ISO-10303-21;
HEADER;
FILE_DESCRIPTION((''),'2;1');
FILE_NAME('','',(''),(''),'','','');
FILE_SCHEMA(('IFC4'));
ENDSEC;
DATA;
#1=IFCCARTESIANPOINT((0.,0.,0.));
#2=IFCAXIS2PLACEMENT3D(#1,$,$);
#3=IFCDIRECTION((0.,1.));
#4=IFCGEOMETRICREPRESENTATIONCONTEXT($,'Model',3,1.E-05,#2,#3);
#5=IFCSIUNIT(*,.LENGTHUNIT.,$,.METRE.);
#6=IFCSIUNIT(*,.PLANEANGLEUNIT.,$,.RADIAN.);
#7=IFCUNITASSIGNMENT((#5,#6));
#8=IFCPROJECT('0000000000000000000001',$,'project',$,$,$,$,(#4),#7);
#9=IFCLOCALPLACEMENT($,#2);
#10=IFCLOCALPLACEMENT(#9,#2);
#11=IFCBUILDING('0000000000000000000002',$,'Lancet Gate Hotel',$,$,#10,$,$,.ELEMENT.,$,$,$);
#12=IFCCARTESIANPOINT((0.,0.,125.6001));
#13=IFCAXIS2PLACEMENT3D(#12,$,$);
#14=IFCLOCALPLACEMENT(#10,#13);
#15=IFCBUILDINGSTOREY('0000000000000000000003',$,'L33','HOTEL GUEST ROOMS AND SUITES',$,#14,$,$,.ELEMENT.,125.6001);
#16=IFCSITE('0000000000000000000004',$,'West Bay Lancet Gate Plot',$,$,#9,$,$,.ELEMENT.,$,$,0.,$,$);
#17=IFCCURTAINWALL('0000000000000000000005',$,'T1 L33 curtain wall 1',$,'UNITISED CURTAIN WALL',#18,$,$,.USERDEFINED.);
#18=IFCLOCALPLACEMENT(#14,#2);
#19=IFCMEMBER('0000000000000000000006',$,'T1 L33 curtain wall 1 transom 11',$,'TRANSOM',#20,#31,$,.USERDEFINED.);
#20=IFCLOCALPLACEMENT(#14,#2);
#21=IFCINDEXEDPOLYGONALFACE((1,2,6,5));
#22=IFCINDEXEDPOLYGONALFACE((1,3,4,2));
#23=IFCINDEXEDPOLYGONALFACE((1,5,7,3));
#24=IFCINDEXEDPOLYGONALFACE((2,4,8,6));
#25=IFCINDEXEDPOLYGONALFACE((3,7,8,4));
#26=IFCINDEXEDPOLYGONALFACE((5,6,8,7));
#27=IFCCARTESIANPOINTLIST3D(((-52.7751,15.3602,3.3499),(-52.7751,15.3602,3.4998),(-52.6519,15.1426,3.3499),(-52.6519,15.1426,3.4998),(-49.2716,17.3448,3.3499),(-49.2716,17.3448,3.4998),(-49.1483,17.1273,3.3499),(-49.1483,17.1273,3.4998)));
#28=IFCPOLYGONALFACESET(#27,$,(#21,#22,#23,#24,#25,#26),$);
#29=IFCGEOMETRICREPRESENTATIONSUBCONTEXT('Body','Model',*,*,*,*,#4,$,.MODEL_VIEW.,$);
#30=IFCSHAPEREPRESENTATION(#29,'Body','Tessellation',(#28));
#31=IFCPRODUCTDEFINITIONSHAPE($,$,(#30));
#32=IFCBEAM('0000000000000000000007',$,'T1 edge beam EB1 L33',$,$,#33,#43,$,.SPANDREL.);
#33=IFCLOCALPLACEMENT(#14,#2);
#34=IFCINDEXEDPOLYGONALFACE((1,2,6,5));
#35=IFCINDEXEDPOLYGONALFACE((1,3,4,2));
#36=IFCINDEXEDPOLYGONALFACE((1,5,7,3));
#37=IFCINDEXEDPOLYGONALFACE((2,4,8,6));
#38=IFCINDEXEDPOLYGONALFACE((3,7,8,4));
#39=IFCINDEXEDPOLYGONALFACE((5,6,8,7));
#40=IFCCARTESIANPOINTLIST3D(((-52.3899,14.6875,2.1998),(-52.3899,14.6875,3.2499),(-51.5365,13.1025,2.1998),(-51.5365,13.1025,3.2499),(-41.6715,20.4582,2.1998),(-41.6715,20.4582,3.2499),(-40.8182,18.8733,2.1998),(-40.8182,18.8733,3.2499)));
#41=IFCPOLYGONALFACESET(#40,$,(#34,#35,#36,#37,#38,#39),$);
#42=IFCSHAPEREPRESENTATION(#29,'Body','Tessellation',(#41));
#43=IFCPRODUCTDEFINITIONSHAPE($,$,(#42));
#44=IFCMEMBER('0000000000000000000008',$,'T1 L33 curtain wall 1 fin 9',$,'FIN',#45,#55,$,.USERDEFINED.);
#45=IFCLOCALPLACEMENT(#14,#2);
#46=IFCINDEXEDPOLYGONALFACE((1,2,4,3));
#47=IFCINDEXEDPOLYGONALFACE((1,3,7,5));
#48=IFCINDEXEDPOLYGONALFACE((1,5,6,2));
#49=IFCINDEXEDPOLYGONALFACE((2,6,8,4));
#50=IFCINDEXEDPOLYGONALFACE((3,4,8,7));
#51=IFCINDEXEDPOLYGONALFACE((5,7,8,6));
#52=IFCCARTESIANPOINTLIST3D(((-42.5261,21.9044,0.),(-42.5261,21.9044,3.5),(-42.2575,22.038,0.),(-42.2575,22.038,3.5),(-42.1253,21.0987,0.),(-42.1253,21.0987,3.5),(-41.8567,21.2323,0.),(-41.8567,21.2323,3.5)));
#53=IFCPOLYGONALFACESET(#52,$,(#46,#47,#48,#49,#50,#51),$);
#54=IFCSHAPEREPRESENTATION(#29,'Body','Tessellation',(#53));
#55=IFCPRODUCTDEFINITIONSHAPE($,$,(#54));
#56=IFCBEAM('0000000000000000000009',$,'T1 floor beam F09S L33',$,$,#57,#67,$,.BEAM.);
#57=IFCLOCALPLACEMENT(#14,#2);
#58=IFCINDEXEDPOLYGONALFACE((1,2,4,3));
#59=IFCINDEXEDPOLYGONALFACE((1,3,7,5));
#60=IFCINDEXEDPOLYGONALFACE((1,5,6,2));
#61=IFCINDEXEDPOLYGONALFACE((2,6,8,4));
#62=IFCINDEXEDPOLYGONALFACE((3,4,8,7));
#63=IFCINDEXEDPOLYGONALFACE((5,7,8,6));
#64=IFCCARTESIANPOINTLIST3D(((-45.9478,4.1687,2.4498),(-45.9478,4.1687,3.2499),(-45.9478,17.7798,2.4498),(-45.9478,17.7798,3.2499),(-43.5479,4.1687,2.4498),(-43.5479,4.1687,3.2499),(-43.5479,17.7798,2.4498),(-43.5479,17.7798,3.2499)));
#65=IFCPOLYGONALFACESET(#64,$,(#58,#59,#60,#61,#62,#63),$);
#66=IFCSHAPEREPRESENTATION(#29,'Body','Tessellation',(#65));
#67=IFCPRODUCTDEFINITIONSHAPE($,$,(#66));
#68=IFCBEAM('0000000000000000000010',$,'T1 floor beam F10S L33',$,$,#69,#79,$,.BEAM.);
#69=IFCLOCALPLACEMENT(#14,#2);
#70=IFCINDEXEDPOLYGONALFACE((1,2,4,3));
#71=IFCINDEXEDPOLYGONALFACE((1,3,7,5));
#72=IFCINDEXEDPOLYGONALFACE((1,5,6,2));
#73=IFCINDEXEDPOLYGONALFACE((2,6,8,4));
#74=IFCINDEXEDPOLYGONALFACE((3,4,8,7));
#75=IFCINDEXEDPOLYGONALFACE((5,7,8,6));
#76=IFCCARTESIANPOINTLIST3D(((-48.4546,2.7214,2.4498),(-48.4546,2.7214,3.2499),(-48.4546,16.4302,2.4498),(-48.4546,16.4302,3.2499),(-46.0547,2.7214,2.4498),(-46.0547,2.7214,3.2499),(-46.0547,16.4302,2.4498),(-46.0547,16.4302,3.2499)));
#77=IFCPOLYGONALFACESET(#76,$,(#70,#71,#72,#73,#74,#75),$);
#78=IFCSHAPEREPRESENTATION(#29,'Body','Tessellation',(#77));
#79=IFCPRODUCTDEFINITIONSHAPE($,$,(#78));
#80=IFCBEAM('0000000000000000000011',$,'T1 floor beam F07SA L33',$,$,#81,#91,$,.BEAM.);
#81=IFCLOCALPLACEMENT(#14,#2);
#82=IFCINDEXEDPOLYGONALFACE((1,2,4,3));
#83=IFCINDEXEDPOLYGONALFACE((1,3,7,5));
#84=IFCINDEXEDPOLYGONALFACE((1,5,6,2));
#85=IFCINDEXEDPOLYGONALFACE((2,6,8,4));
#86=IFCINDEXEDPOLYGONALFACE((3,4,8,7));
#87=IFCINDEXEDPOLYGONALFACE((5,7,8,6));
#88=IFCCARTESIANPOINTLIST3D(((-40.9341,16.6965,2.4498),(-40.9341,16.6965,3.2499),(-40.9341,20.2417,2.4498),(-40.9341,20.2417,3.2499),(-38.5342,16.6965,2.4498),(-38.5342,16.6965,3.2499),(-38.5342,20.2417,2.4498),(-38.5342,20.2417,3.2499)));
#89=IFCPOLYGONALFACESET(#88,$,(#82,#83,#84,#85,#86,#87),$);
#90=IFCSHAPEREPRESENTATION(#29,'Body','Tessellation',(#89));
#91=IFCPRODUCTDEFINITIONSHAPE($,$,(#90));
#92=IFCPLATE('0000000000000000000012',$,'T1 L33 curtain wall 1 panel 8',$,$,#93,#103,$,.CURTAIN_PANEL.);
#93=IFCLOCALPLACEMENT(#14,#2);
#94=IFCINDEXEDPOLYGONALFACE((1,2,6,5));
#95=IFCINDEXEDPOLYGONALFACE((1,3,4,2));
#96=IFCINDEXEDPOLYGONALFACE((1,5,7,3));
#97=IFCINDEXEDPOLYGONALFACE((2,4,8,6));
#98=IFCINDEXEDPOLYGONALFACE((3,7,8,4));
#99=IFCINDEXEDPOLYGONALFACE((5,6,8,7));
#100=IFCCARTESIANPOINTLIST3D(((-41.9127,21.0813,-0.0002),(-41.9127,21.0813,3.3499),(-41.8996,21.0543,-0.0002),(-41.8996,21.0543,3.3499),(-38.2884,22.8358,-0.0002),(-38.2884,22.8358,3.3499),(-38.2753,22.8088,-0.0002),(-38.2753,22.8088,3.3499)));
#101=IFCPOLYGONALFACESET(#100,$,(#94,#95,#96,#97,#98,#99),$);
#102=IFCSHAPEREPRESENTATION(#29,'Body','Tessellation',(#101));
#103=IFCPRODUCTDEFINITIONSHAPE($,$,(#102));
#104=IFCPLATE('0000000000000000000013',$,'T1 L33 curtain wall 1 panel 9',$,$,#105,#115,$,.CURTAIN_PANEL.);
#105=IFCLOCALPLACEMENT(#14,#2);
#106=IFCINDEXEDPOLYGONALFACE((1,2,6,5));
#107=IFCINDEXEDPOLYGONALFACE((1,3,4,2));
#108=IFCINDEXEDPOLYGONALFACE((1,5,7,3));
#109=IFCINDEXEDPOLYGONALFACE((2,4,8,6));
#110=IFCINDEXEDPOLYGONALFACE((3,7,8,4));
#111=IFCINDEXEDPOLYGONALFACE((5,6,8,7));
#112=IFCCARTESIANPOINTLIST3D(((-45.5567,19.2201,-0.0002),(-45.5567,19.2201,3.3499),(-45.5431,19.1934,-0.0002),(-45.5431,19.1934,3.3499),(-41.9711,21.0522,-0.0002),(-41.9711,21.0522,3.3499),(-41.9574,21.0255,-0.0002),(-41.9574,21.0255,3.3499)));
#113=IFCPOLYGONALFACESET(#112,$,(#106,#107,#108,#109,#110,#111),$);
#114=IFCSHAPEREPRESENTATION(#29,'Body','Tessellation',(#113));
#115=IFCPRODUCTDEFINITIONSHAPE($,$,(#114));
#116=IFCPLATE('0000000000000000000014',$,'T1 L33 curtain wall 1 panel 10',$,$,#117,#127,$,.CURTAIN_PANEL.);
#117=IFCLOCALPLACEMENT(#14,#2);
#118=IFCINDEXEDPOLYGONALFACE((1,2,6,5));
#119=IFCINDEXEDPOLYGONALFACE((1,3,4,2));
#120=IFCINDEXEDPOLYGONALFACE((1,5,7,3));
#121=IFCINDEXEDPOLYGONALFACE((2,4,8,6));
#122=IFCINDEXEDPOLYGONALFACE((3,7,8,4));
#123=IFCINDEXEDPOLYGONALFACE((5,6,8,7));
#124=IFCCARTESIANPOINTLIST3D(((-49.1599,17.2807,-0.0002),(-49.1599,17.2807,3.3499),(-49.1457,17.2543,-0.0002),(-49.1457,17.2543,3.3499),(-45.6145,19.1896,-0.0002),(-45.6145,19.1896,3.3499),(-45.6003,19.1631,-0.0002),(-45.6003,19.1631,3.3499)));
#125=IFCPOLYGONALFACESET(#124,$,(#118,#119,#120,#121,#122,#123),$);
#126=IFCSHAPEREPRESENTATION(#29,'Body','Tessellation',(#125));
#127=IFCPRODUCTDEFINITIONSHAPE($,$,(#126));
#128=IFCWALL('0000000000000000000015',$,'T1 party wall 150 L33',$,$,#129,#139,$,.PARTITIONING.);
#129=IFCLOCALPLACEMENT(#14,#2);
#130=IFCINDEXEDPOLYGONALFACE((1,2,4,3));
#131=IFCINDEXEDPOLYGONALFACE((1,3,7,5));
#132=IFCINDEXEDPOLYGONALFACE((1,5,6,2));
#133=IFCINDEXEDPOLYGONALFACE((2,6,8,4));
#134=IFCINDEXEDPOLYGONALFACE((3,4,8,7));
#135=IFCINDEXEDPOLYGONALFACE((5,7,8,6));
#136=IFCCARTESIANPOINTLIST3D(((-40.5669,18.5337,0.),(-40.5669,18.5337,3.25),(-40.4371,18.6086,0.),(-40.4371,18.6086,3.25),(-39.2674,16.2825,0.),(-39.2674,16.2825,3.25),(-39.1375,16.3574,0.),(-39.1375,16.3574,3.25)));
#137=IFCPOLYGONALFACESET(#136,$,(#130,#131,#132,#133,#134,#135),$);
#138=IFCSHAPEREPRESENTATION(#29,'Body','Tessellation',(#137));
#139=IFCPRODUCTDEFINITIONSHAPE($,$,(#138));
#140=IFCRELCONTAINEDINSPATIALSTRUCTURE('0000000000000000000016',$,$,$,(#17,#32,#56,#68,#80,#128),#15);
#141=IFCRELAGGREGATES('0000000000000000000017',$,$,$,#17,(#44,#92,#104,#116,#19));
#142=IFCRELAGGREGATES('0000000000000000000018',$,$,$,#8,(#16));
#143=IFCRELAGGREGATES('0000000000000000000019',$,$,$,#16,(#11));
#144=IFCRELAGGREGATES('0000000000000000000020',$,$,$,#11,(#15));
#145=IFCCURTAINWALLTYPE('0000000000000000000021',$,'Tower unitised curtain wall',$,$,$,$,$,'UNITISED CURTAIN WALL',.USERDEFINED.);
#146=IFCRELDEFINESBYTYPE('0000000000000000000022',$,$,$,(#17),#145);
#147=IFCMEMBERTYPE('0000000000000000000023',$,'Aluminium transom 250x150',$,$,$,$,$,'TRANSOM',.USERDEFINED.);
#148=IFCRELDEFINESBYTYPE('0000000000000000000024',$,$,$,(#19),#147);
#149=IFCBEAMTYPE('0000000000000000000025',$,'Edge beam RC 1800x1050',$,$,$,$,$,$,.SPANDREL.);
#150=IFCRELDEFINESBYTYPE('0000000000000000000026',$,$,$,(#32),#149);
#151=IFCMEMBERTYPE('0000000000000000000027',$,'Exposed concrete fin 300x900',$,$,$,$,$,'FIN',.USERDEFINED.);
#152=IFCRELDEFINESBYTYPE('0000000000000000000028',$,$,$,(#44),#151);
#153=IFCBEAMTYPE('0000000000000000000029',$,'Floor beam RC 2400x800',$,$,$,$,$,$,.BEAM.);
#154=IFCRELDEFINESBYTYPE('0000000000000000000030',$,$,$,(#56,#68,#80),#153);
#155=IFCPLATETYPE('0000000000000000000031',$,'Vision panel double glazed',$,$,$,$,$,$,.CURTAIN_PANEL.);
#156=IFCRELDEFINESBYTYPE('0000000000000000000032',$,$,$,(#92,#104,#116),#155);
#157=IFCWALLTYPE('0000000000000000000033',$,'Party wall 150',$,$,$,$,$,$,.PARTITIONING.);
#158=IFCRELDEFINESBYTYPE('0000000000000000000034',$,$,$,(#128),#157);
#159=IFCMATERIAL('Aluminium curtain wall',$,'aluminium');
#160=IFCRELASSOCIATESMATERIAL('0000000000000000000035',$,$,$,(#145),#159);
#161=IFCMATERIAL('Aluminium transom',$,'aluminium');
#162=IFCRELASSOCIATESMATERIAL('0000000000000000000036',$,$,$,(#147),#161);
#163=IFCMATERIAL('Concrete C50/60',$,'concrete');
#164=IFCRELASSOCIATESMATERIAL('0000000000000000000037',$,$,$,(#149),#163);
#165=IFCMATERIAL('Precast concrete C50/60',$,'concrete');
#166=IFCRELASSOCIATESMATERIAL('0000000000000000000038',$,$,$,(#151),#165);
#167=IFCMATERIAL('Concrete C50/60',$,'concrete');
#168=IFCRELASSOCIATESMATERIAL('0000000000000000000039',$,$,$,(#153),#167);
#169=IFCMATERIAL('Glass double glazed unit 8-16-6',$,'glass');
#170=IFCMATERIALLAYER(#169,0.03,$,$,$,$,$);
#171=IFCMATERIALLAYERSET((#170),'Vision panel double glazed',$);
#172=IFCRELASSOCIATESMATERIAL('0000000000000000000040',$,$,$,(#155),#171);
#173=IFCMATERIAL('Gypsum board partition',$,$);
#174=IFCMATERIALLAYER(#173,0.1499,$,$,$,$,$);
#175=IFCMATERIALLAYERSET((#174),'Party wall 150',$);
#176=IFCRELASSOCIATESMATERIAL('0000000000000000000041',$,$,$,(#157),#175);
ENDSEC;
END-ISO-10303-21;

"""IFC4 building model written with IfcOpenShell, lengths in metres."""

from ifc_helpers import new_model, si_unit, direction, frame, frame_2d, origin, origin_2d, place, context, subcontext, project, spatial, rectangle, extrude, material, layer, layer_set, material_profile, profile_set, type_object, element, aggregate, save


model = new_model("IFC4")

# Units and contexts
model_context = context("Model", 3, precision=1e-05, world=origin(), true_north=direction((0.0, 1.0)))
body_context = subcontext(model_context, "Body", "Model", "MODEL_VIEW")
ifc_project = project(units=[si_unit("LENGTHUNIT", "METRE"), si_unit("PLANEANGLEUNIT", "RADIAN")], contexts=[model_context])

# Site, building, storey
site_placement = place(None, origin())
site = spatial("IfcSite", under=ifc_project, at=site_placement, Name="West Bay Lancet Gate Plot", CompositionType="ELEMENT", RefElevation=0.0)
building_placement = place(site_placement, origin())
building = spatial("IfcBuilding", under=site, at=building_placement, Name="Lancet Gate Hotel", CompositionType="ELEMENT")
storey_placement = place(building_placement, frame((0.0, 0.0, 125.6001)))
storey = spatial("IfcBuildingStorey", under=building, at=storey_placement, Name="L33", Description="HOTEL GUEST ROOMS AND SUITES", CompositionType="ELEMENT", Elevation=125.6001)

# Curtain wall, member
ifc_material_1 = material(Name="Aluminium curtain wall", Category="aluminium")
curtain_wall_type = type_object("IfcCurtainWallType", Name="Tower unitised curtain wall", ElementType="UNITISED CURTAIN WALL", PredefinedType="USERDEFINED", material=ifc_material_1)
curtain_wall_placement = place(storey_placement, origin())
curtain_wall = element("IfcCurtainWall", 1, at=curtain_wall_placement, inside=storey, type_object=curtain_wall_type, Name="T1 L33 curtain wall 1", ObjectType="UNITISED CURTAIN WALL", PredefinedType="USERDEFINED")
ifc_material_2 = material(Name="Aluminium transom", Category="aluminium")
ifc_material_profile_1 = material_profile(ifc_material_2, rectangle(XDim=0.25, YDim=0.1499, at=origin_2d()), Name="TRANSOM 250x150")
ifc_profile_set_1 = profile_set([ifc_material_profile_1], Name="Aluminium transom")
member_type_1 = type_object("IfcMemberType", Name="Aluminium transom 250x150", ElementType="TRANSOM", PredefinedType="USERDEFINED", material=ifc_profile_set_1)
member_1_placement = place(storey_placement, frame((-49.21, 17.2361, 3.4248), z_axis=(-0.870092, -0.49289, 0.0), x_axis=(0.49289, -0.870092, 0.0)))
member_1 = element("IfcMember", 2, at=member_1_placement, type_object=member_type_1, Name="T1 L33 curtain wall 1 transom 11", ObjectType="TRANSOM", PredefinedType="USERDEFINED", context=body_context, shape_type="SweptSolid", body=[
    extrude(rectangle(XDim=0.25, YDim=0.1499, at=origin_2d()), origin(), (0.0, 0.0, 1.0), 4.0266),
])

# Beam
ifc_material_3 = material(Name="Concrete C50/60", Category="concrete")
ifc_material_profile_2 = material_profile(ifc_material_3, rectangle(XDim=1.8, YDim=1.05, at=origin_2d()), Name="RC 1800x1050")
ifc_profile_set_2 = profile_set([ifc_material_profile_2], Name="Concrete C50/60")
beam_type_1 = type_object("IfcBeamType", Name="Edge beam RC 1800x1050", PredefinedType="SPANDREL", material=ifc_profile_set_2)
beam_1_placement = place(storey_placement, frame((-41.2449, 19.6658, 2.7249), z_axis=(-0.880492, -0.47406, 0.0), x_axis=(0.47406, -0.880492, 0.0)))
element("IfcBeam", 3, at=beam_1_placement, inside=storey, type_object=beam_type_1, Name="T1 edge beam EB1 L33", PredefinedType="SPANDREL", context=body_context, shape_type="SweptSolid", body=[
    extrude(rectangle(XDim=1.8, YDim=1.05, at=origin_2d()), origin(), (0.0, 0.0, 1.0), 12.1731),
])

# Member
ifc_material_4 = material(Name="Precast concrete C50/60", Category="concrete")
ifc_material_profile_3 = material_profile(ifc_material_4, rectangle(XDim=0.3, YDim=0.8999, at=origin_2d()), Name="FIN 300x900")
ifc_profile_set_3 = profile_set([ifc_material_profile_3], Name="Precast concrete C50/60")
member_type_2 = type_object("IfcMemberType", Name="Exposed concrete fin 300x900", ElementType="FIN", PredefinedType="USERDEFINED", material=ifc_profile_set_3)
member_2_placement = place(storey_placement, frame((-42.1914, 21.5684, 0.0), z_axis=(0.0, 0.0, 1.0), x_axis=(-0.895339, -0.445384, 0.0)))
member_2 = element("IfcMember", 4, at=member_2_placement, type_object=member_type_2, Name="T1 L33 curtain wall 1 fin 9", ObjectType="FIN", PredefinedType="USERDEFINED", context=body_context, shape_type="SweptSolid", body=[
    extrude(rectangle(XDim=0.3, YDim=0.8999, at=origin_2d()), origin(), (0.0, 0.0, 1.0), 3.5),
])

# Beams
ifc_material_5 = material(Name="Concrete C50/60", Category="concrete")
ifc_material_profile_4 = material_profile(ifc_material_5, rectangle(XDim=2.3999, YDim=0.8, at=origin_2d()), Name="RC 2400x800")
ifc_profile_set_4 = profile_set([ifc_material_profile_4], Name="Concrete C50/60")
beam_type_2 = type_object("IfcBeamType", Name="Floor beam RC 2400x800", PredefinedType="BEAM", material=ifc_profile_set_4)
beam_2_placement = place(storey_placement, frame((-44.7478, 17.7798, 2.8499), z_axis=(0.0, -1.0, 0.0), x_axis=(1.0, 0.0, 0.0)))
element("IfcBeam", 5, at=beam_2_placement, inside=storey, type_object=beam_type_2, Name="T1 floor beam F09S L33", PredefinedType="BEAM", context=body_context, shape_type="SweptSolid", body=[
    extrude(rectangle(XDim=2.3999, YDim=0.8, at=origin_2d()), origin(), (0.0, 0.0, 1.0), 13.6111),
])
beam_3_placement = place(storey_placement, frame((-47.2546, 16.4302, 2.8499), z_axis=(0.0, -1.0, 0.0), x_axis=(1.0, 0.0, 0.0)))
element("IfcBeam", 6, at=beam_3_placement, inside=storey, type_object=beam_type_2, Name="T1 floor beam F10S L33", PredefinedType="BEAM", context=body_context, shape_type="SweptSolid", body=[
    extrude(rectangle(XDim=2.3999, YDim=0.8, at=origin_2d()), origin(), (0.0, 0.0, 1.0), 13.7087),
])
beam_4_placement = place(storey_placement, frame((-39.7341, 20.2417, 2.8499), z_axis=(0.0, -1.0, 0.0), x_axis=(1.0, 0.0, 0.0)))
element("IfcBeam", 7, at=beam_4_placement, inside=storey, type_object=beam_type_2, Name="T1 floor beam F07SA L33", PredefinedType="BEAM", context=body_context, shape_type="SweptSolid", body=[
    extrude(rectangle(XDim=2.3999, YDim=0.8, at=origin_2d()), origin(), (0.0, 0.0, 1.0), 3.5452),
])

# Plates
ifc_material_6 = material(Name="Glass double glazed unit 8-16-6", Category="glass")
ifc_layer_1 = layer(ifc_material_6, 0.03)
ifc_layer_set_1 = layer_set([ifc_layer_1], Name="Vision panel double glazed")
plate_type = type_object("IfcPlateType", Name="Vision panel double glazed", PredefinedType="CURTAIN_PANEL", material=ifc_layer_set_1)
plate_1_placement = place(storey_placement, frame((-40.094, 21.9451, -0.0002), z_axis=(0.0, 0.0, 1.0), x_axis=(-0.900082, -0.435721, 0.0)))
plate_1 = element("IfcPlate", 8, at=plate_1_placement, type_object=plate_type, Name="T1 L33 curtain wall 1 panel 8", PredefinedType="CURTAIN_PANEL", context=body_context, shape_type="SweptSolid", body=[
    extrude(rectangle(XDim=4.0266, YDim=0.03, at=origin_2d()), origin(), (0.0, 0.0, 1.0), 3.3501),
])
plate_2_placement = place(storey_placement, frame((-43.7571, 20.1228, -0.0002), z_axis=(0.0, 0.0, 1.0), x_axis=(-0.890493, -0.454996, 0.0)))
plate_2 = element("IfcPlate", 9, at=plate_2_placement, type_object=plate_type, Name="T1 L33 curtain wall 1 panel 9", PredefinedType="CURTAIN_PANEL", context=body_context, shape_type="SweptSolid", body=[
    extrude(rectangle(XDim=4.0266, YDim=0.03, at=origin_2d()), origin(), (0.0, 0.0, 1.0), 3.3501),
])
plate_3_placement = place(storey_placement, frame((-47.3801, 18.2219, -0.0002), z_axis=(0.0, 0.0, 1.0), x_axis=(-0.880493, -0.47406, 0.0)))
plate_3 = element("IfcPlate", 10, at=plate_3_placement, type_object=plate_type, Name="T1 L33 curtain wall 1 panel 10", PredefinedType="CURTAIN_PANEL", context=body_context, shape_type="SweptSolid", body=[
    extrude(rectangle(XDim=4.0266, YDim=0.03, at=origin_2d()), origin(), (0.0, 0.0, 1.0), 3.3501),
])
aggregate(curtain_wall, [member_2, plate_1, plate_2, plate_3, member_1])

# Wall
ifc_material_7 = material(Name="Gypsum board partition")
ifc_layer_2 = layer(ifc_material_7, 0.1499)
ifc_layer_set_2 = layer_set([ifc_layer_2], Name="Party wall 150")
wall_type = type_object("IfcWallType", Name="Party wall 150", PredefinedType="PARTITIONING", material=ifc_layer_set_2)
wall_placement = place(storey_placement, frame((-39.2024, 16.3198, 0.0), z_axis=(0.0, 0.0, 1.0), x_axis=(-0.499947, 0.866056, 0.0)))
element("IfcWall", 11, at=wall_placement, inside=storey, type_object=wall_type, Name="T1 party wall 150 L33", PredefinedType="PARTITIONING", context=body_context, shape_type="SweptSolid", body=[
    extrude(rectangle(XDim=2.5994, YDim=0.1499, at=frame_2d((1.2998, 0.0))), origin(), (0.0, 0.0, 1.0), 3.25),
])

save(model, "model.ifc")
